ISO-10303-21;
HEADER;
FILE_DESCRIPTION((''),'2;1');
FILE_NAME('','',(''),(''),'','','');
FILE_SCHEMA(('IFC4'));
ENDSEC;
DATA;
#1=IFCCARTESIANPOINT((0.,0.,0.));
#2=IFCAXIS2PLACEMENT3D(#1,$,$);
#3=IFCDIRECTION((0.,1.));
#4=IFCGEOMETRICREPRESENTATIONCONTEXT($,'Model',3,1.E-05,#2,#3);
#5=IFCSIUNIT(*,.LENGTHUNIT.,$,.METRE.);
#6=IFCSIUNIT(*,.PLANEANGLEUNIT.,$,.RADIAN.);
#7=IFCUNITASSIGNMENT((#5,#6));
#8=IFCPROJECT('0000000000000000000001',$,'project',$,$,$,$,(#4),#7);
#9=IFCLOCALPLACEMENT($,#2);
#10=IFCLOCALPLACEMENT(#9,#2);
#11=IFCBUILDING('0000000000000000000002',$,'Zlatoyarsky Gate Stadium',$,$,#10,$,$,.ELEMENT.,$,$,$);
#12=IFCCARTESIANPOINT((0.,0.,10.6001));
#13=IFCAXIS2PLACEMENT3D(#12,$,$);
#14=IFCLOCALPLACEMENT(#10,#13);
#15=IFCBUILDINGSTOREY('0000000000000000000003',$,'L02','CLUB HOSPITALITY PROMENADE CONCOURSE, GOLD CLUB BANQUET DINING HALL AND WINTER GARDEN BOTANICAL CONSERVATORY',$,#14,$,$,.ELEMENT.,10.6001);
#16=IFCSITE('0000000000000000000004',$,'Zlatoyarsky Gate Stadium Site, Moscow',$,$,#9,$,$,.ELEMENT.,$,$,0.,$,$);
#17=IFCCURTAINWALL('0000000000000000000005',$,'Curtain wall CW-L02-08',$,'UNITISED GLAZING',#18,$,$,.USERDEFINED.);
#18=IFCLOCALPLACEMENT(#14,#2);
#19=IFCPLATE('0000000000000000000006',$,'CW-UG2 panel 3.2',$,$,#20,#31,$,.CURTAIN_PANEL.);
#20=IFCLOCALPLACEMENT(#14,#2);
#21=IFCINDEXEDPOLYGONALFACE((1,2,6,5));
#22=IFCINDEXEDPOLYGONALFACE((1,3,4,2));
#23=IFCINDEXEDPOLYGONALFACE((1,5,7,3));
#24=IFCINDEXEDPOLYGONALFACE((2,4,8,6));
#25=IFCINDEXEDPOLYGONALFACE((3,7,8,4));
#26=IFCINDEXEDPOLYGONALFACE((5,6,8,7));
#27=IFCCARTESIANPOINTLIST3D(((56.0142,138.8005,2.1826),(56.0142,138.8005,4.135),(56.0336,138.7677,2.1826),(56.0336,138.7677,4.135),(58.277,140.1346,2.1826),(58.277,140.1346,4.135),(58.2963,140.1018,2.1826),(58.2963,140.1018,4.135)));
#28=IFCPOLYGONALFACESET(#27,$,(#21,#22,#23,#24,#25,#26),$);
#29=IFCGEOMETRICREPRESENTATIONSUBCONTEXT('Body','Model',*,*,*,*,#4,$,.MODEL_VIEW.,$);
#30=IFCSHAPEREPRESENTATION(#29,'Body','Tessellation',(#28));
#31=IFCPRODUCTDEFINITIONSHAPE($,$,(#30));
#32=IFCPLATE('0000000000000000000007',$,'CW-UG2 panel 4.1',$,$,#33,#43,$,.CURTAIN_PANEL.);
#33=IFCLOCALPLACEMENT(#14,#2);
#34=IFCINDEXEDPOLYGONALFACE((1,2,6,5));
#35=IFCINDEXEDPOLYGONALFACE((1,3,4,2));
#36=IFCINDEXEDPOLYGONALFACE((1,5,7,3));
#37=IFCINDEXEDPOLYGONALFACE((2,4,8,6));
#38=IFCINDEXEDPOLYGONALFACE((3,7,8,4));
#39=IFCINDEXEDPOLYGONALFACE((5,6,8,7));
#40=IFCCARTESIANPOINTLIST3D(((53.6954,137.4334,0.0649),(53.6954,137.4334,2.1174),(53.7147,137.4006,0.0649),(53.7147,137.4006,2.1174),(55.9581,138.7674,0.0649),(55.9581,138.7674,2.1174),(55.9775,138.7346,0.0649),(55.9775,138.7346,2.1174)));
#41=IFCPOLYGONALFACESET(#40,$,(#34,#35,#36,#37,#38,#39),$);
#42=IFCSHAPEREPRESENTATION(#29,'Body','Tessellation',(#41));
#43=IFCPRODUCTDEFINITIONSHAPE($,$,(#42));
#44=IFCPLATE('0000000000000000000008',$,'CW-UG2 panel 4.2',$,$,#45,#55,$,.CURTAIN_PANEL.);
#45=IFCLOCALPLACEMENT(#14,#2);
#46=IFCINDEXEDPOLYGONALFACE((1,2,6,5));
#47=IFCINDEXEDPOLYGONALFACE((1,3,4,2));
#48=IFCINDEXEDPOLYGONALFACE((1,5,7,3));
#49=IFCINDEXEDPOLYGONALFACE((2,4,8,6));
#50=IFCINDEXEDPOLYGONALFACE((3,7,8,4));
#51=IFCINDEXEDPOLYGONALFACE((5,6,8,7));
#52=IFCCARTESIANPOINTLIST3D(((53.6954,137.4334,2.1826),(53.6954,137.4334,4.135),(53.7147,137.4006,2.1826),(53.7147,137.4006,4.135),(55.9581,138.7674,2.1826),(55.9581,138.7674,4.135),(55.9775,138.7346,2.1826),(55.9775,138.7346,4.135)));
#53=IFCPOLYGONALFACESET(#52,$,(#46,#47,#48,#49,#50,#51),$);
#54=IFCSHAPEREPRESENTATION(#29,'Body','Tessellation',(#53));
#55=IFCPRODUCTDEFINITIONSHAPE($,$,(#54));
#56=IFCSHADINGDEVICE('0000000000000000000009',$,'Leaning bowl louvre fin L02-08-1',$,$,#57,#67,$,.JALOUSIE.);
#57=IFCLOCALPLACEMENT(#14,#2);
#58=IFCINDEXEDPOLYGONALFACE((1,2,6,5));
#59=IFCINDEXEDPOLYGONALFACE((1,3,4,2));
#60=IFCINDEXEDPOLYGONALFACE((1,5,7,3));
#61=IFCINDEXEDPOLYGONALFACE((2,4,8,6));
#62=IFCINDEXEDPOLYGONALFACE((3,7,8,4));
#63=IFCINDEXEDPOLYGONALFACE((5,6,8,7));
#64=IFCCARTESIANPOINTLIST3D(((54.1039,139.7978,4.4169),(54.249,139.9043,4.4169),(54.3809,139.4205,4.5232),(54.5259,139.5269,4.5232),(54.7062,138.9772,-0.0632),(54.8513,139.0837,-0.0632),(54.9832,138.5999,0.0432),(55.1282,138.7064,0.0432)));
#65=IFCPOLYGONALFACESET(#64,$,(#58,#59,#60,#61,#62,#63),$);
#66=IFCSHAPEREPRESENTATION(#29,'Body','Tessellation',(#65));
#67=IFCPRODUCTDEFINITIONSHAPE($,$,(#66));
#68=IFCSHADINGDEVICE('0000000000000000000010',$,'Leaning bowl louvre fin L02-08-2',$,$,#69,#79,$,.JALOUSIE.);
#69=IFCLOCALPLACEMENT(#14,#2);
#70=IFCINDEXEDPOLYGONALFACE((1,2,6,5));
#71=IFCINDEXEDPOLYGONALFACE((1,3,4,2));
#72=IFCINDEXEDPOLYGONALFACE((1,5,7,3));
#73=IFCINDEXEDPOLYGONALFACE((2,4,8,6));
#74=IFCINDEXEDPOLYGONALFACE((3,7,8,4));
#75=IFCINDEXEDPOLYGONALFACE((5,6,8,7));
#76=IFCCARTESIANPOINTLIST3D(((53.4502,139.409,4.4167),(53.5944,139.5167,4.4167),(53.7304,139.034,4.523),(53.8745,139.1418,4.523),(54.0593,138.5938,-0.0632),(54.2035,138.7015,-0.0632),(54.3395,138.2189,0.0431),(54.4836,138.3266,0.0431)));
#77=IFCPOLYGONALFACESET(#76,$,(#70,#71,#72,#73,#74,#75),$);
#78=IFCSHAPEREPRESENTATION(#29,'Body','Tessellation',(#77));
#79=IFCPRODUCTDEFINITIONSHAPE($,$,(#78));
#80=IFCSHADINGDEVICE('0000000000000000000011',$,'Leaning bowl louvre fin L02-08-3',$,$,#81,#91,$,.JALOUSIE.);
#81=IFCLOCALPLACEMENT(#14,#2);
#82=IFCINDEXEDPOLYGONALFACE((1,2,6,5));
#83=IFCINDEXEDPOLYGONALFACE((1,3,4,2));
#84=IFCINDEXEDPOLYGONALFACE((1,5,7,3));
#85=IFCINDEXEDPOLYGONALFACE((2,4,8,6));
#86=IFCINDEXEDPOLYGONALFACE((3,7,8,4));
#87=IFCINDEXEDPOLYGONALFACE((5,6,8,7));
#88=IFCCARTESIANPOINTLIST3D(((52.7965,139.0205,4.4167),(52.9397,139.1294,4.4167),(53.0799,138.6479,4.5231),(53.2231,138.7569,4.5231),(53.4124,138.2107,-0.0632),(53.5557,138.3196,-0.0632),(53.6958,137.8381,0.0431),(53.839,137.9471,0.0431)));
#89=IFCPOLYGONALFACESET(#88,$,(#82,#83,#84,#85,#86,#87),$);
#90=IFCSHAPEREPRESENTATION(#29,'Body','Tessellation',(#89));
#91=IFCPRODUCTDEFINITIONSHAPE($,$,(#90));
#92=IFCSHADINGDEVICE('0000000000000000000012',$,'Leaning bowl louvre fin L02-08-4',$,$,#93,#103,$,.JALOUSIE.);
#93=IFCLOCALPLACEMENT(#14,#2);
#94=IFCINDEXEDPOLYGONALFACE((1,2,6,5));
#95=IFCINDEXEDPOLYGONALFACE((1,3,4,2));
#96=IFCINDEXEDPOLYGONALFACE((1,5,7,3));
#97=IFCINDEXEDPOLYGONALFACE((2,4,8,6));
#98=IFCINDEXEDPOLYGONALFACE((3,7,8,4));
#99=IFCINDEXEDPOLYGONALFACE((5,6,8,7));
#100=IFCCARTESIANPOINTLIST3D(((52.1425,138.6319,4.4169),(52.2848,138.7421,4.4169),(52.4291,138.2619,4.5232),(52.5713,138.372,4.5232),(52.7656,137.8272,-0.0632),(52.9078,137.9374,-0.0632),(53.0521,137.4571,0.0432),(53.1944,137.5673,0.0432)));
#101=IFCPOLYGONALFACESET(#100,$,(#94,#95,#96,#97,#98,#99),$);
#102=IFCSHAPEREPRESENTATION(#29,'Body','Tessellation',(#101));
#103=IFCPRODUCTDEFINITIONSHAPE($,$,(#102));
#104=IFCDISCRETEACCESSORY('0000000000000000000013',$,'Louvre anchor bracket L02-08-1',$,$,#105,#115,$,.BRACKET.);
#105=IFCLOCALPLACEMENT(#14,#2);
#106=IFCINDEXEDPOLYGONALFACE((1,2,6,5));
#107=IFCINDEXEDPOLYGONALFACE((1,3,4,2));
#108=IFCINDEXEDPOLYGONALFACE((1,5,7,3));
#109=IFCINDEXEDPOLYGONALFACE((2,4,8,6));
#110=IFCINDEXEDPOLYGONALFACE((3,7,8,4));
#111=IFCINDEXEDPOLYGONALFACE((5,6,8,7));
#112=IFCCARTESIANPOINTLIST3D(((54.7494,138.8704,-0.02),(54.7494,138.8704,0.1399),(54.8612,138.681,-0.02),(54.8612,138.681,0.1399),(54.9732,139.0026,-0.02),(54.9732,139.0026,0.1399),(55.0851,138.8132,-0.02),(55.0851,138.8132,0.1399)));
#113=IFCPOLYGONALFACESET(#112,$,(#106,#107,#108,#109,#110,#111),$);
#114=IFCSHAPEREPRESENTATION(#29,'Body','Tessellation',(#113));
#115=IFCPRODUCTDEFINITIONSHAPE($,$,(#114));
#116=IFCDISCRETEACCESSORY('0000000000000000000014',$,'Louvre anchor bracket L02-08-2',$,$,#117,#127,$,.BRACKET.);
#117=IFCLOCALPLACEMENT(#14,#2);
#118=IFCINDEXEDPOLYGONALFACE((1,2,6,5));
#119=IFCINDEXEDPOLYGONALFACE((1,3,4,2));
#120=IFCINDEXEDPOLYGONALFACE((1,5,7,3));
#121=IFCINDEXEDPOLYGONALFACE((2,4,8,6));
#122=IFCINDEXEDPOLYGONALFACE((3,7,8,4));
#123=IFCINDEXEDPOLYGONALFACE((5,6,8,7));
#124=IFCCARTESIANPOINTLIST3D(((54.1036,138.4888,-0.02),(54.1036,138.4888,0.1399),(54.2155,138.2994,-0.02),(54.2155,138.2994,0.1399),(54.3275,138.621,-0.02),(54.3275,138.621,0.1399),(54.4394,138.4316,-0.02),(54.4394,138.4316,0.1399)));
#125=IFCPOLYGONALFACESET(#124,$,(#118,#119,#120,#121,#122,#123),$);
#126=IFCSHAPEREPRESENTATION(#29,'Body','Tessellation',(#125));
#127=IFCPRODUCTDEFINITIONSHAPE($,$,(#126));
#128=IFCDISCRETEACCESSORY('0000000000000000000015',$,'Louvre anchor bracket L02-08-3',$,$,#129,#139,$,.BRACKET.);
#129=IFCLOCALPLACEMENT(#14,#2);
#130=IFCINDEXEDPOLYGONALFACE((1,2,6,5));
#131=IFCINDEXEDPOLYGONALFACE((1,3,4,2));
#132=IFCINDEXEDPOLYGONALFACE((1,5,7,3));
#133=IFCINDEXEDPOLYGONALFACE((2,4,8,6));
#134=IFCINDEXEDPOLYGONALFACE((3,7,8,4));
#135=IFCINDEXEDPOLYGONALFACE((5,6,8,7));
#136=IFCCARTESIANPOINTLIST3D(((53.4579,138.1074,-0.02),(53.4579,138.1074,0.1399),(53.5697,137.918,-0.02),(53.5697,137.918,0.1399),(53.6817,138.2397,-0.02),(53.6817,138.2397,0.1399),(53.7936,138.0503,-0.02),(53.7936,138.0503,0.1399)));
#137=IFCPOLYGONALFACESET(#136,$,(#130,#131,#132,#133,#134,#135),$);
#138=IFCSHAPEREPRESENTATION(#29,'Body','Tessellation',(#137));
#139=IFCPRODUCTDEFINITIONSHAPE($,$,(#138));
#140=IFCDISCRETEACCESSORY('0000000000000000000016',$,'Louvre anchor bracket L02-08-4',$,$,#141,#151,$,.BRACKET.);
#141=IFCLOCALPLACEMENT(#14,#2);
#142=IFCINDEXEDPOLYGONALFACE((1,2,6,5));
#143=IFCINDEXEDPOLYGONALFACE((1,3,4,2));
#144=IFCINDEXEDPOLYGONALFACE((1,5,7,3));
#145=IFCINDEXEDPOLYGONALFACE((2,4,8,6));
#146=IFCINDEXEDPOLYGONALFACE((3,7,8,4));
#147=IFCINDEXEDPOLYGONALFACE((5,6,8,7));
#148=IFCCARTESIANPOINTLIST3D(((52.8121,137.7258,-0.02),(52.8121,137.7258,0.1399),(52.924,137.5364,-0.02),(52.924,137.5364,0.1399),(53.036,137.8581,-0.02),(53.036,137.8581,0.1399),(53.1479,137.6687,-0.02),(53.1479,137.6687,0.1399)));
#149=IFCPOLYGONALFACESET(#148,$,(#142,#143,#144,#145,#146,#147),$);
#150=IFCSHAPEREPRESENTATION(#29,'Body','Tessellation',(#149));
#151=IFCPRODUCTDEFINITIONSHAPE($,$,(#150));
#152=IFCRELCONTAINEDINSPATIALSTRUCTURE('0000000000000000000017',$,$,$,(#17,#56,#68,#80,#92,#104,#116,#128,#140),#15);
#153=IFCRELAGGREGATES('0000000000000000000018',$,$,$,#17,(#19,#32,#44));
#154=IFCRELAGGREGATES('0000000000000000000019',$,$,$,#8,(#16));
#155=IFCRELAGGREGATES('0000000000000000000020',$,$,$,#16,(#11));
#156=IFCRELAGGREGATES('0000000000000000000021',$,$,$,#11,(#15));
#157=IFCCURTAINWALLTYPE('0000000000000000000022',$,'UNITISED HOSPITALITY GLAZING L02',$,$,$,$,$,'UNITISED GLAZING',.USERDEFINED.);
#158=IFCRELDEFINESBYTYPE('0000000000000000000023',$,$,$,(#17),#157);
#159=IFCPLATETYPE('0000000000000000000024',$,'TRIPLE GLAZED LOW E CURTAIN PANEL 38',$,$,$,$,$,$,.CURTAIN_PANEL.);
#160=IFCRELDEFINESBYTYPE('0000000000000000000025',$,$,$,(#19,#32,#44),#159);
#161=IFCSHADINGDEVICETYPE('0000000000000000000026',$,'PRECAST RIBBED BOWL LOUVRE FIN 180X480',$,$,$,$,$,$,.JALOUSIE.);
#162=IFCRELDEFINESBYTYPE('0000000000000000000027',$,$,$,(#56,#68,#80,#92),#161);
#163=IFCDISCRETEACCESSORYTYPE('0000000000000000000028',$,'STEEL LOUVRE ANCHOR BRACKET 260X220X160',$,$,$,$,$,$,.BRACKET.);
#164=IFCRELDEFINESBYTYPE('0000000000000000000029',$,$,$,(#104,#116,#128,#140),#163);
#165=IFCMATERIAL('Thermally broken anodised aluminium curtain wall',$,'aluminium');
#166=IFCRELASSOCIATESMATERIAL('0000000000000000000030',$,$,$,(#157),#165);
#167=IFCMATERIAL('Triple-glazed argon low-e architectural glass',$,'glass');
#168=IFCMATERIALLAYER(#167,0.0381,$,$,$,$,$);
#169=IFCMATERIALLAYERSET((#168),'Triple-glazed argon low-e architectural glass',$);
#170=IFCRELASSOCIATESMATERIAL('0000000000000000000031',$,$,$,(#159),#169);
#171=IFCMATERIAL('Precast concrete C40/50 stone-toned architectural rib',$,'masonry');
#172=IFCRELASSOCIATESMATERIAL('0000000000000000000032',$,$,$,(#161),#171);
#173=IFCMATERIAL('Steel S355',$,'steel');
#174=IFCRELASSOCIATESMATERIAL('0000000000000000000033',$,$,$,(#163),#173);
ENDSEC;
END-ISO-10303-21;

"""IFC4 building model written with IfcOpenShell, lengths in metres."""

from ifc_helpers import new_model, si_unit, direction, frame, origin, origin_2d, place, context, subcontext, project, spatial, rectangle, extrude, material, layer, layer_set, material_profile, profile_set, type_object, element, aggregate, save


model = new_model("IFC4")

# Units and contexts
model_context = context("Model", 3, precision=1e-05, world=origin(), true_north=direction((0.0, 1.0)))
body_context = subcontext(model_context, "Body", "Model", "MODEL_VIEW")
ifc_project = project(units=[si_unit("LENGTHUNIT", "METRE"), si_unit("PLANEANGLEUNIT", "RADIAN")], contexts=[model_context])

# Site, building, storey
site_placement = place(None, origin())
site = spatial("IfcSite", under=ifc_project, at=site_placement, Name="Zlatoyarsky Gate Stadium Site, Moscow", CompositionType="ELEMENT", RefElevation=0.0)
building_placement = place(site_placement, origin())
building = spatial("IfcBuilding", under=site, at=building_placement, Name="Zlatoyarsky Gate Stadium", CompositionType="ELEMENT")
storey_placement = place(building_placement, frame((0.0, 0.0, 10.6001)))
storey = spatial("IfcBuildingStorey", under=building, at=storey_placement, Name="L02", Description="CLUB HOSPITALITY PROMENADE CONCOURSE, GOLD CLUB BANQUET DINING HALL AND WINTER GARDEN BOTANICAL CONSERVATORY", CompositionType="ELEMENT", Elevation=10.6001)

# Curtain wall
ifc_material_1 = material(Name="Thermally broken anodised aluminium curtain wall", Category="aluminium")
curtain_wall_type = type_object("IfcCurtainWallType", Name="UNITISED HOSPITALITY GLAZING L02", ElementType="UNITISED GLAZING", PredefinedType="USERDEFINED", material=ifc_material_1)
curtain_wall_placement = place(storey_placement, origin())
curtain_wall = element("IfcCurtainWall", 1, at=curtain_wall_placement, inside=storey, type_object=curtain_wall_type, Name="Curtain wall CW-L02-08", ObjectType="UNITISED GLAZING", PredefinedType="USERDEFINED")

# Shared definitions
ifc_material_2 = material(Name="Steel S355", Category="steel")

# Plates
ifc_material_3 = material(Name="Triple-glazed argon low-e architectural glass", Category="glass")
ifc_layer_1 = layer(ifc_material_3, 0.0381)
ifc_layer_set_1 = layer_set([ifc_layer_1], Name="Triple-glazed argon low-e architectural glass")
plate_type_1 = type_object("IfcPlateType", Name="TRIPLE GLAZED LOW E CURTAIN PANEL 38", PredefinedType="CURTAIN_PANEL", material=ifc_layer_set_1)
plate_1_placement = place(storey_placement, frame((57.1553, 139.4512, 2.1826), z_axis=(0.0, 0.0, 1.0), x_axis=(-0.861426, -0.507882, 0.0)))
plate_1 = element("IfcPlate", 2, at=plate_1_placement, type_object=plate_type_1, Name="CW-UG2 panel 3.2", PredefinedType="CURTAIN_PANEL", context=body_context, shape_type="SweptSolid", body=[
    extrude(rectangle(XDim=2.6267, YDim=0.0381, at=origin_2d()), origin(), (0.0, 0.0, 1.0), 1.9524),
])
plate_2_placement = place(storey_placement, frame((54.8364, 138.084, 0.0649), z_axis=(0.0, 0.0, 1.0), x_axis=(-0.861426, -0.507882, 0.0)))
plate_2 = element("IfcPlate", 3, at=plate_2_placement, type_object=plate_type_1, Name="CW-UG2 panel 4.1", PredefinedType="CURTAIN_PANEL", context=body_context, shape_type="SweptSolid", body=[
    extrude(rectangle(XDim=2.6267, YDim=0.0381, at=origin_2d()), origin(), (0.0, 0.0, 1.0), 2.0525),
])
plate_3_placement = place(storey_placement, frame((54.8364, 138.084, 2.1826), z_axis=(0.0, 0.0, 1.0), x_axis=(-0.861426, -0.507882, 0.0)))
plate_3 = element("IfcPlate", 4, at=plate_3_placement, type_object=plate_type_1, Name="CW-UG2 panel 4.2", PredefinedType="CURTAIN_PANEL", context=body_context, shape_type="SweptSolid", body=[
    extrude(rectangle(XDim=2.6267, YDim=0.0381, at=origin_2d()), origin(), (0.0, 0.0, 1.0), 1.9524),
])
aggregate(curtain_wall, [plate_1, plate_2, plate_3])

# Shading devices
ifc_material_4 = material(Name="Precast concrete C40/50 stone-toned architectural rib", Category="masonry")
ifc_material_profile_1 = material_profile(ifc_material_4, rectangle(XDim=0.1799, YDim=0.48, at=origin_2d()), Name="RIB 180X480")
ifc_profile_set_1 = profile_set([ifc_material_profile_1], Name="Precast concrete C40/50 stone-toned architectural rib")
shading_device_type = type_object("IfcShadingDeviceType", Name="PRECAST RIBBED BOWL LOUVRE FIN 180X480", PredefinedType="JALOUSIE", material=ifc_profile_set_1)
shading_device_1_placement = place(storey_placement, frame((54.9172, 138.8418, -0.01), z_axis=(-0.1311, 0.178609, 0.975147), x_axis=(-0.806146, -0.591717, 0.0)))
element("IfcShadingDevice", 5, at=shading_device_1_placement, inside=storey, type_object=shading_device_type, Name="Leaning bowl louvre fin L02-08-1", PredefinedType="JALOUSIE", context=body_context, shape_type="SweptSolid", body=[
    extrude(rectangle(XDim=0.1799, YDim=0.48, at=origin_2d()), origin(), (0.0, 0.0, 1.0), 4.5942),
])
for number, where, z_axis, x_axis, name in (
    (6, (54.2715, 138.4602, -0.01), (-0.13259, 0.177442, 0.975159), (-0.801064, -0.598579, 0.0), "Leaning bowl louvre fin L02-08-2"),
    (7, (53.6257, 138.0789, -0.01), (-0.134079, 0.176274, 0.975167), (-0.795922, -0.6054, 0.0), "Leaning bowl louvre fin L02-08-3"),
):
    element("IfcShadingDevice", number, at=place(storey_placement, frame(where, z_axis=z_axis, x_axis=x_axis)), inside=storey, type_object=shading_device_type, Name=name, PredefinedType="JALOUSIE", context=body_context, shape_type="SweptSolid", body=[
        extrude(rectangle(XDim=0.1799, YDim=0.48, at=origin_2d()), origin(), (0.0, 0.0, 1.0), 4.594),
    ])
shading_device_2_placement = place(storey_placement, frame((52.98, 137.6973, -0.01), z_axis=(-0.135618, 0.175156, 0.975155), x_axis=(-0.790694, -0.612212, 0.0)))
element("IfcShadingDevice", 8, at=shading_device_2_placement, inside=storey, type_object=shading_device_type, Name="Leaning bowl louvre fin L02-08-4", PredefinedType="JALOUSIE", context=body_context, shape_type="SweptSolid", body=[
    extrude(rectangle(XDim=0.1799, YDim=0.48, at=origin_2d()), origin(), (0.0, 0.0, 1.0), 4.5942),
])

# Discrete accessories
discrete_accessory_type = type_object("IfcDiscreteAccessoryType", Name="STEEL LOUVRE ANCHOR BRACKET 260X220X160", PredefinedType="BRACKET", material=ifc_material_2)
for number, where, z_axis, x_axis, name in (
    (9, (54.9172, 138.8418, -0.02), (0.0, 0.0, 1.0), (-0.860993, -0.508617, 0.0), "Louvre anchor bracket L02-08-1"),
    (10, (54.2715, 138.4602, -0.02), (0.0, 0.0, 1.0), (-0.860993, -0.508617, 0.0), "Louvre anchor bracket L02-08-2"),
    (11, (53.6257, 138.0789, -0.02), (0.0, 0.0, 1.0), (-0.860993, -0.508617, 0.0), "Louvre anchor bracket L02-08-3"),
    (12, (52.98, 137.6973, -0.02), (0.0, 0.0, 1.0), (-0.860993, -0.508617, 0.0), "Louvre anchor bracket L02-08-4"),
):
    element("IfcDiscreteAccessory", number, at=place(storey_placement, frame(where, z_axis=z_axis, x_axis=x_axis)), inside=storey, type_object=discrete_accessory_type, Name=name, PredefinedType="BRACKET", context=body_context, shape_type="SweptSolid", body=[
        extrude(rectangle(XDim=0.26, YDim=0.22, at=origin_2d()), origin(), (0.0, 0.0, 1.0), 0.1599),
    ])

save(model, "model.ifc")
